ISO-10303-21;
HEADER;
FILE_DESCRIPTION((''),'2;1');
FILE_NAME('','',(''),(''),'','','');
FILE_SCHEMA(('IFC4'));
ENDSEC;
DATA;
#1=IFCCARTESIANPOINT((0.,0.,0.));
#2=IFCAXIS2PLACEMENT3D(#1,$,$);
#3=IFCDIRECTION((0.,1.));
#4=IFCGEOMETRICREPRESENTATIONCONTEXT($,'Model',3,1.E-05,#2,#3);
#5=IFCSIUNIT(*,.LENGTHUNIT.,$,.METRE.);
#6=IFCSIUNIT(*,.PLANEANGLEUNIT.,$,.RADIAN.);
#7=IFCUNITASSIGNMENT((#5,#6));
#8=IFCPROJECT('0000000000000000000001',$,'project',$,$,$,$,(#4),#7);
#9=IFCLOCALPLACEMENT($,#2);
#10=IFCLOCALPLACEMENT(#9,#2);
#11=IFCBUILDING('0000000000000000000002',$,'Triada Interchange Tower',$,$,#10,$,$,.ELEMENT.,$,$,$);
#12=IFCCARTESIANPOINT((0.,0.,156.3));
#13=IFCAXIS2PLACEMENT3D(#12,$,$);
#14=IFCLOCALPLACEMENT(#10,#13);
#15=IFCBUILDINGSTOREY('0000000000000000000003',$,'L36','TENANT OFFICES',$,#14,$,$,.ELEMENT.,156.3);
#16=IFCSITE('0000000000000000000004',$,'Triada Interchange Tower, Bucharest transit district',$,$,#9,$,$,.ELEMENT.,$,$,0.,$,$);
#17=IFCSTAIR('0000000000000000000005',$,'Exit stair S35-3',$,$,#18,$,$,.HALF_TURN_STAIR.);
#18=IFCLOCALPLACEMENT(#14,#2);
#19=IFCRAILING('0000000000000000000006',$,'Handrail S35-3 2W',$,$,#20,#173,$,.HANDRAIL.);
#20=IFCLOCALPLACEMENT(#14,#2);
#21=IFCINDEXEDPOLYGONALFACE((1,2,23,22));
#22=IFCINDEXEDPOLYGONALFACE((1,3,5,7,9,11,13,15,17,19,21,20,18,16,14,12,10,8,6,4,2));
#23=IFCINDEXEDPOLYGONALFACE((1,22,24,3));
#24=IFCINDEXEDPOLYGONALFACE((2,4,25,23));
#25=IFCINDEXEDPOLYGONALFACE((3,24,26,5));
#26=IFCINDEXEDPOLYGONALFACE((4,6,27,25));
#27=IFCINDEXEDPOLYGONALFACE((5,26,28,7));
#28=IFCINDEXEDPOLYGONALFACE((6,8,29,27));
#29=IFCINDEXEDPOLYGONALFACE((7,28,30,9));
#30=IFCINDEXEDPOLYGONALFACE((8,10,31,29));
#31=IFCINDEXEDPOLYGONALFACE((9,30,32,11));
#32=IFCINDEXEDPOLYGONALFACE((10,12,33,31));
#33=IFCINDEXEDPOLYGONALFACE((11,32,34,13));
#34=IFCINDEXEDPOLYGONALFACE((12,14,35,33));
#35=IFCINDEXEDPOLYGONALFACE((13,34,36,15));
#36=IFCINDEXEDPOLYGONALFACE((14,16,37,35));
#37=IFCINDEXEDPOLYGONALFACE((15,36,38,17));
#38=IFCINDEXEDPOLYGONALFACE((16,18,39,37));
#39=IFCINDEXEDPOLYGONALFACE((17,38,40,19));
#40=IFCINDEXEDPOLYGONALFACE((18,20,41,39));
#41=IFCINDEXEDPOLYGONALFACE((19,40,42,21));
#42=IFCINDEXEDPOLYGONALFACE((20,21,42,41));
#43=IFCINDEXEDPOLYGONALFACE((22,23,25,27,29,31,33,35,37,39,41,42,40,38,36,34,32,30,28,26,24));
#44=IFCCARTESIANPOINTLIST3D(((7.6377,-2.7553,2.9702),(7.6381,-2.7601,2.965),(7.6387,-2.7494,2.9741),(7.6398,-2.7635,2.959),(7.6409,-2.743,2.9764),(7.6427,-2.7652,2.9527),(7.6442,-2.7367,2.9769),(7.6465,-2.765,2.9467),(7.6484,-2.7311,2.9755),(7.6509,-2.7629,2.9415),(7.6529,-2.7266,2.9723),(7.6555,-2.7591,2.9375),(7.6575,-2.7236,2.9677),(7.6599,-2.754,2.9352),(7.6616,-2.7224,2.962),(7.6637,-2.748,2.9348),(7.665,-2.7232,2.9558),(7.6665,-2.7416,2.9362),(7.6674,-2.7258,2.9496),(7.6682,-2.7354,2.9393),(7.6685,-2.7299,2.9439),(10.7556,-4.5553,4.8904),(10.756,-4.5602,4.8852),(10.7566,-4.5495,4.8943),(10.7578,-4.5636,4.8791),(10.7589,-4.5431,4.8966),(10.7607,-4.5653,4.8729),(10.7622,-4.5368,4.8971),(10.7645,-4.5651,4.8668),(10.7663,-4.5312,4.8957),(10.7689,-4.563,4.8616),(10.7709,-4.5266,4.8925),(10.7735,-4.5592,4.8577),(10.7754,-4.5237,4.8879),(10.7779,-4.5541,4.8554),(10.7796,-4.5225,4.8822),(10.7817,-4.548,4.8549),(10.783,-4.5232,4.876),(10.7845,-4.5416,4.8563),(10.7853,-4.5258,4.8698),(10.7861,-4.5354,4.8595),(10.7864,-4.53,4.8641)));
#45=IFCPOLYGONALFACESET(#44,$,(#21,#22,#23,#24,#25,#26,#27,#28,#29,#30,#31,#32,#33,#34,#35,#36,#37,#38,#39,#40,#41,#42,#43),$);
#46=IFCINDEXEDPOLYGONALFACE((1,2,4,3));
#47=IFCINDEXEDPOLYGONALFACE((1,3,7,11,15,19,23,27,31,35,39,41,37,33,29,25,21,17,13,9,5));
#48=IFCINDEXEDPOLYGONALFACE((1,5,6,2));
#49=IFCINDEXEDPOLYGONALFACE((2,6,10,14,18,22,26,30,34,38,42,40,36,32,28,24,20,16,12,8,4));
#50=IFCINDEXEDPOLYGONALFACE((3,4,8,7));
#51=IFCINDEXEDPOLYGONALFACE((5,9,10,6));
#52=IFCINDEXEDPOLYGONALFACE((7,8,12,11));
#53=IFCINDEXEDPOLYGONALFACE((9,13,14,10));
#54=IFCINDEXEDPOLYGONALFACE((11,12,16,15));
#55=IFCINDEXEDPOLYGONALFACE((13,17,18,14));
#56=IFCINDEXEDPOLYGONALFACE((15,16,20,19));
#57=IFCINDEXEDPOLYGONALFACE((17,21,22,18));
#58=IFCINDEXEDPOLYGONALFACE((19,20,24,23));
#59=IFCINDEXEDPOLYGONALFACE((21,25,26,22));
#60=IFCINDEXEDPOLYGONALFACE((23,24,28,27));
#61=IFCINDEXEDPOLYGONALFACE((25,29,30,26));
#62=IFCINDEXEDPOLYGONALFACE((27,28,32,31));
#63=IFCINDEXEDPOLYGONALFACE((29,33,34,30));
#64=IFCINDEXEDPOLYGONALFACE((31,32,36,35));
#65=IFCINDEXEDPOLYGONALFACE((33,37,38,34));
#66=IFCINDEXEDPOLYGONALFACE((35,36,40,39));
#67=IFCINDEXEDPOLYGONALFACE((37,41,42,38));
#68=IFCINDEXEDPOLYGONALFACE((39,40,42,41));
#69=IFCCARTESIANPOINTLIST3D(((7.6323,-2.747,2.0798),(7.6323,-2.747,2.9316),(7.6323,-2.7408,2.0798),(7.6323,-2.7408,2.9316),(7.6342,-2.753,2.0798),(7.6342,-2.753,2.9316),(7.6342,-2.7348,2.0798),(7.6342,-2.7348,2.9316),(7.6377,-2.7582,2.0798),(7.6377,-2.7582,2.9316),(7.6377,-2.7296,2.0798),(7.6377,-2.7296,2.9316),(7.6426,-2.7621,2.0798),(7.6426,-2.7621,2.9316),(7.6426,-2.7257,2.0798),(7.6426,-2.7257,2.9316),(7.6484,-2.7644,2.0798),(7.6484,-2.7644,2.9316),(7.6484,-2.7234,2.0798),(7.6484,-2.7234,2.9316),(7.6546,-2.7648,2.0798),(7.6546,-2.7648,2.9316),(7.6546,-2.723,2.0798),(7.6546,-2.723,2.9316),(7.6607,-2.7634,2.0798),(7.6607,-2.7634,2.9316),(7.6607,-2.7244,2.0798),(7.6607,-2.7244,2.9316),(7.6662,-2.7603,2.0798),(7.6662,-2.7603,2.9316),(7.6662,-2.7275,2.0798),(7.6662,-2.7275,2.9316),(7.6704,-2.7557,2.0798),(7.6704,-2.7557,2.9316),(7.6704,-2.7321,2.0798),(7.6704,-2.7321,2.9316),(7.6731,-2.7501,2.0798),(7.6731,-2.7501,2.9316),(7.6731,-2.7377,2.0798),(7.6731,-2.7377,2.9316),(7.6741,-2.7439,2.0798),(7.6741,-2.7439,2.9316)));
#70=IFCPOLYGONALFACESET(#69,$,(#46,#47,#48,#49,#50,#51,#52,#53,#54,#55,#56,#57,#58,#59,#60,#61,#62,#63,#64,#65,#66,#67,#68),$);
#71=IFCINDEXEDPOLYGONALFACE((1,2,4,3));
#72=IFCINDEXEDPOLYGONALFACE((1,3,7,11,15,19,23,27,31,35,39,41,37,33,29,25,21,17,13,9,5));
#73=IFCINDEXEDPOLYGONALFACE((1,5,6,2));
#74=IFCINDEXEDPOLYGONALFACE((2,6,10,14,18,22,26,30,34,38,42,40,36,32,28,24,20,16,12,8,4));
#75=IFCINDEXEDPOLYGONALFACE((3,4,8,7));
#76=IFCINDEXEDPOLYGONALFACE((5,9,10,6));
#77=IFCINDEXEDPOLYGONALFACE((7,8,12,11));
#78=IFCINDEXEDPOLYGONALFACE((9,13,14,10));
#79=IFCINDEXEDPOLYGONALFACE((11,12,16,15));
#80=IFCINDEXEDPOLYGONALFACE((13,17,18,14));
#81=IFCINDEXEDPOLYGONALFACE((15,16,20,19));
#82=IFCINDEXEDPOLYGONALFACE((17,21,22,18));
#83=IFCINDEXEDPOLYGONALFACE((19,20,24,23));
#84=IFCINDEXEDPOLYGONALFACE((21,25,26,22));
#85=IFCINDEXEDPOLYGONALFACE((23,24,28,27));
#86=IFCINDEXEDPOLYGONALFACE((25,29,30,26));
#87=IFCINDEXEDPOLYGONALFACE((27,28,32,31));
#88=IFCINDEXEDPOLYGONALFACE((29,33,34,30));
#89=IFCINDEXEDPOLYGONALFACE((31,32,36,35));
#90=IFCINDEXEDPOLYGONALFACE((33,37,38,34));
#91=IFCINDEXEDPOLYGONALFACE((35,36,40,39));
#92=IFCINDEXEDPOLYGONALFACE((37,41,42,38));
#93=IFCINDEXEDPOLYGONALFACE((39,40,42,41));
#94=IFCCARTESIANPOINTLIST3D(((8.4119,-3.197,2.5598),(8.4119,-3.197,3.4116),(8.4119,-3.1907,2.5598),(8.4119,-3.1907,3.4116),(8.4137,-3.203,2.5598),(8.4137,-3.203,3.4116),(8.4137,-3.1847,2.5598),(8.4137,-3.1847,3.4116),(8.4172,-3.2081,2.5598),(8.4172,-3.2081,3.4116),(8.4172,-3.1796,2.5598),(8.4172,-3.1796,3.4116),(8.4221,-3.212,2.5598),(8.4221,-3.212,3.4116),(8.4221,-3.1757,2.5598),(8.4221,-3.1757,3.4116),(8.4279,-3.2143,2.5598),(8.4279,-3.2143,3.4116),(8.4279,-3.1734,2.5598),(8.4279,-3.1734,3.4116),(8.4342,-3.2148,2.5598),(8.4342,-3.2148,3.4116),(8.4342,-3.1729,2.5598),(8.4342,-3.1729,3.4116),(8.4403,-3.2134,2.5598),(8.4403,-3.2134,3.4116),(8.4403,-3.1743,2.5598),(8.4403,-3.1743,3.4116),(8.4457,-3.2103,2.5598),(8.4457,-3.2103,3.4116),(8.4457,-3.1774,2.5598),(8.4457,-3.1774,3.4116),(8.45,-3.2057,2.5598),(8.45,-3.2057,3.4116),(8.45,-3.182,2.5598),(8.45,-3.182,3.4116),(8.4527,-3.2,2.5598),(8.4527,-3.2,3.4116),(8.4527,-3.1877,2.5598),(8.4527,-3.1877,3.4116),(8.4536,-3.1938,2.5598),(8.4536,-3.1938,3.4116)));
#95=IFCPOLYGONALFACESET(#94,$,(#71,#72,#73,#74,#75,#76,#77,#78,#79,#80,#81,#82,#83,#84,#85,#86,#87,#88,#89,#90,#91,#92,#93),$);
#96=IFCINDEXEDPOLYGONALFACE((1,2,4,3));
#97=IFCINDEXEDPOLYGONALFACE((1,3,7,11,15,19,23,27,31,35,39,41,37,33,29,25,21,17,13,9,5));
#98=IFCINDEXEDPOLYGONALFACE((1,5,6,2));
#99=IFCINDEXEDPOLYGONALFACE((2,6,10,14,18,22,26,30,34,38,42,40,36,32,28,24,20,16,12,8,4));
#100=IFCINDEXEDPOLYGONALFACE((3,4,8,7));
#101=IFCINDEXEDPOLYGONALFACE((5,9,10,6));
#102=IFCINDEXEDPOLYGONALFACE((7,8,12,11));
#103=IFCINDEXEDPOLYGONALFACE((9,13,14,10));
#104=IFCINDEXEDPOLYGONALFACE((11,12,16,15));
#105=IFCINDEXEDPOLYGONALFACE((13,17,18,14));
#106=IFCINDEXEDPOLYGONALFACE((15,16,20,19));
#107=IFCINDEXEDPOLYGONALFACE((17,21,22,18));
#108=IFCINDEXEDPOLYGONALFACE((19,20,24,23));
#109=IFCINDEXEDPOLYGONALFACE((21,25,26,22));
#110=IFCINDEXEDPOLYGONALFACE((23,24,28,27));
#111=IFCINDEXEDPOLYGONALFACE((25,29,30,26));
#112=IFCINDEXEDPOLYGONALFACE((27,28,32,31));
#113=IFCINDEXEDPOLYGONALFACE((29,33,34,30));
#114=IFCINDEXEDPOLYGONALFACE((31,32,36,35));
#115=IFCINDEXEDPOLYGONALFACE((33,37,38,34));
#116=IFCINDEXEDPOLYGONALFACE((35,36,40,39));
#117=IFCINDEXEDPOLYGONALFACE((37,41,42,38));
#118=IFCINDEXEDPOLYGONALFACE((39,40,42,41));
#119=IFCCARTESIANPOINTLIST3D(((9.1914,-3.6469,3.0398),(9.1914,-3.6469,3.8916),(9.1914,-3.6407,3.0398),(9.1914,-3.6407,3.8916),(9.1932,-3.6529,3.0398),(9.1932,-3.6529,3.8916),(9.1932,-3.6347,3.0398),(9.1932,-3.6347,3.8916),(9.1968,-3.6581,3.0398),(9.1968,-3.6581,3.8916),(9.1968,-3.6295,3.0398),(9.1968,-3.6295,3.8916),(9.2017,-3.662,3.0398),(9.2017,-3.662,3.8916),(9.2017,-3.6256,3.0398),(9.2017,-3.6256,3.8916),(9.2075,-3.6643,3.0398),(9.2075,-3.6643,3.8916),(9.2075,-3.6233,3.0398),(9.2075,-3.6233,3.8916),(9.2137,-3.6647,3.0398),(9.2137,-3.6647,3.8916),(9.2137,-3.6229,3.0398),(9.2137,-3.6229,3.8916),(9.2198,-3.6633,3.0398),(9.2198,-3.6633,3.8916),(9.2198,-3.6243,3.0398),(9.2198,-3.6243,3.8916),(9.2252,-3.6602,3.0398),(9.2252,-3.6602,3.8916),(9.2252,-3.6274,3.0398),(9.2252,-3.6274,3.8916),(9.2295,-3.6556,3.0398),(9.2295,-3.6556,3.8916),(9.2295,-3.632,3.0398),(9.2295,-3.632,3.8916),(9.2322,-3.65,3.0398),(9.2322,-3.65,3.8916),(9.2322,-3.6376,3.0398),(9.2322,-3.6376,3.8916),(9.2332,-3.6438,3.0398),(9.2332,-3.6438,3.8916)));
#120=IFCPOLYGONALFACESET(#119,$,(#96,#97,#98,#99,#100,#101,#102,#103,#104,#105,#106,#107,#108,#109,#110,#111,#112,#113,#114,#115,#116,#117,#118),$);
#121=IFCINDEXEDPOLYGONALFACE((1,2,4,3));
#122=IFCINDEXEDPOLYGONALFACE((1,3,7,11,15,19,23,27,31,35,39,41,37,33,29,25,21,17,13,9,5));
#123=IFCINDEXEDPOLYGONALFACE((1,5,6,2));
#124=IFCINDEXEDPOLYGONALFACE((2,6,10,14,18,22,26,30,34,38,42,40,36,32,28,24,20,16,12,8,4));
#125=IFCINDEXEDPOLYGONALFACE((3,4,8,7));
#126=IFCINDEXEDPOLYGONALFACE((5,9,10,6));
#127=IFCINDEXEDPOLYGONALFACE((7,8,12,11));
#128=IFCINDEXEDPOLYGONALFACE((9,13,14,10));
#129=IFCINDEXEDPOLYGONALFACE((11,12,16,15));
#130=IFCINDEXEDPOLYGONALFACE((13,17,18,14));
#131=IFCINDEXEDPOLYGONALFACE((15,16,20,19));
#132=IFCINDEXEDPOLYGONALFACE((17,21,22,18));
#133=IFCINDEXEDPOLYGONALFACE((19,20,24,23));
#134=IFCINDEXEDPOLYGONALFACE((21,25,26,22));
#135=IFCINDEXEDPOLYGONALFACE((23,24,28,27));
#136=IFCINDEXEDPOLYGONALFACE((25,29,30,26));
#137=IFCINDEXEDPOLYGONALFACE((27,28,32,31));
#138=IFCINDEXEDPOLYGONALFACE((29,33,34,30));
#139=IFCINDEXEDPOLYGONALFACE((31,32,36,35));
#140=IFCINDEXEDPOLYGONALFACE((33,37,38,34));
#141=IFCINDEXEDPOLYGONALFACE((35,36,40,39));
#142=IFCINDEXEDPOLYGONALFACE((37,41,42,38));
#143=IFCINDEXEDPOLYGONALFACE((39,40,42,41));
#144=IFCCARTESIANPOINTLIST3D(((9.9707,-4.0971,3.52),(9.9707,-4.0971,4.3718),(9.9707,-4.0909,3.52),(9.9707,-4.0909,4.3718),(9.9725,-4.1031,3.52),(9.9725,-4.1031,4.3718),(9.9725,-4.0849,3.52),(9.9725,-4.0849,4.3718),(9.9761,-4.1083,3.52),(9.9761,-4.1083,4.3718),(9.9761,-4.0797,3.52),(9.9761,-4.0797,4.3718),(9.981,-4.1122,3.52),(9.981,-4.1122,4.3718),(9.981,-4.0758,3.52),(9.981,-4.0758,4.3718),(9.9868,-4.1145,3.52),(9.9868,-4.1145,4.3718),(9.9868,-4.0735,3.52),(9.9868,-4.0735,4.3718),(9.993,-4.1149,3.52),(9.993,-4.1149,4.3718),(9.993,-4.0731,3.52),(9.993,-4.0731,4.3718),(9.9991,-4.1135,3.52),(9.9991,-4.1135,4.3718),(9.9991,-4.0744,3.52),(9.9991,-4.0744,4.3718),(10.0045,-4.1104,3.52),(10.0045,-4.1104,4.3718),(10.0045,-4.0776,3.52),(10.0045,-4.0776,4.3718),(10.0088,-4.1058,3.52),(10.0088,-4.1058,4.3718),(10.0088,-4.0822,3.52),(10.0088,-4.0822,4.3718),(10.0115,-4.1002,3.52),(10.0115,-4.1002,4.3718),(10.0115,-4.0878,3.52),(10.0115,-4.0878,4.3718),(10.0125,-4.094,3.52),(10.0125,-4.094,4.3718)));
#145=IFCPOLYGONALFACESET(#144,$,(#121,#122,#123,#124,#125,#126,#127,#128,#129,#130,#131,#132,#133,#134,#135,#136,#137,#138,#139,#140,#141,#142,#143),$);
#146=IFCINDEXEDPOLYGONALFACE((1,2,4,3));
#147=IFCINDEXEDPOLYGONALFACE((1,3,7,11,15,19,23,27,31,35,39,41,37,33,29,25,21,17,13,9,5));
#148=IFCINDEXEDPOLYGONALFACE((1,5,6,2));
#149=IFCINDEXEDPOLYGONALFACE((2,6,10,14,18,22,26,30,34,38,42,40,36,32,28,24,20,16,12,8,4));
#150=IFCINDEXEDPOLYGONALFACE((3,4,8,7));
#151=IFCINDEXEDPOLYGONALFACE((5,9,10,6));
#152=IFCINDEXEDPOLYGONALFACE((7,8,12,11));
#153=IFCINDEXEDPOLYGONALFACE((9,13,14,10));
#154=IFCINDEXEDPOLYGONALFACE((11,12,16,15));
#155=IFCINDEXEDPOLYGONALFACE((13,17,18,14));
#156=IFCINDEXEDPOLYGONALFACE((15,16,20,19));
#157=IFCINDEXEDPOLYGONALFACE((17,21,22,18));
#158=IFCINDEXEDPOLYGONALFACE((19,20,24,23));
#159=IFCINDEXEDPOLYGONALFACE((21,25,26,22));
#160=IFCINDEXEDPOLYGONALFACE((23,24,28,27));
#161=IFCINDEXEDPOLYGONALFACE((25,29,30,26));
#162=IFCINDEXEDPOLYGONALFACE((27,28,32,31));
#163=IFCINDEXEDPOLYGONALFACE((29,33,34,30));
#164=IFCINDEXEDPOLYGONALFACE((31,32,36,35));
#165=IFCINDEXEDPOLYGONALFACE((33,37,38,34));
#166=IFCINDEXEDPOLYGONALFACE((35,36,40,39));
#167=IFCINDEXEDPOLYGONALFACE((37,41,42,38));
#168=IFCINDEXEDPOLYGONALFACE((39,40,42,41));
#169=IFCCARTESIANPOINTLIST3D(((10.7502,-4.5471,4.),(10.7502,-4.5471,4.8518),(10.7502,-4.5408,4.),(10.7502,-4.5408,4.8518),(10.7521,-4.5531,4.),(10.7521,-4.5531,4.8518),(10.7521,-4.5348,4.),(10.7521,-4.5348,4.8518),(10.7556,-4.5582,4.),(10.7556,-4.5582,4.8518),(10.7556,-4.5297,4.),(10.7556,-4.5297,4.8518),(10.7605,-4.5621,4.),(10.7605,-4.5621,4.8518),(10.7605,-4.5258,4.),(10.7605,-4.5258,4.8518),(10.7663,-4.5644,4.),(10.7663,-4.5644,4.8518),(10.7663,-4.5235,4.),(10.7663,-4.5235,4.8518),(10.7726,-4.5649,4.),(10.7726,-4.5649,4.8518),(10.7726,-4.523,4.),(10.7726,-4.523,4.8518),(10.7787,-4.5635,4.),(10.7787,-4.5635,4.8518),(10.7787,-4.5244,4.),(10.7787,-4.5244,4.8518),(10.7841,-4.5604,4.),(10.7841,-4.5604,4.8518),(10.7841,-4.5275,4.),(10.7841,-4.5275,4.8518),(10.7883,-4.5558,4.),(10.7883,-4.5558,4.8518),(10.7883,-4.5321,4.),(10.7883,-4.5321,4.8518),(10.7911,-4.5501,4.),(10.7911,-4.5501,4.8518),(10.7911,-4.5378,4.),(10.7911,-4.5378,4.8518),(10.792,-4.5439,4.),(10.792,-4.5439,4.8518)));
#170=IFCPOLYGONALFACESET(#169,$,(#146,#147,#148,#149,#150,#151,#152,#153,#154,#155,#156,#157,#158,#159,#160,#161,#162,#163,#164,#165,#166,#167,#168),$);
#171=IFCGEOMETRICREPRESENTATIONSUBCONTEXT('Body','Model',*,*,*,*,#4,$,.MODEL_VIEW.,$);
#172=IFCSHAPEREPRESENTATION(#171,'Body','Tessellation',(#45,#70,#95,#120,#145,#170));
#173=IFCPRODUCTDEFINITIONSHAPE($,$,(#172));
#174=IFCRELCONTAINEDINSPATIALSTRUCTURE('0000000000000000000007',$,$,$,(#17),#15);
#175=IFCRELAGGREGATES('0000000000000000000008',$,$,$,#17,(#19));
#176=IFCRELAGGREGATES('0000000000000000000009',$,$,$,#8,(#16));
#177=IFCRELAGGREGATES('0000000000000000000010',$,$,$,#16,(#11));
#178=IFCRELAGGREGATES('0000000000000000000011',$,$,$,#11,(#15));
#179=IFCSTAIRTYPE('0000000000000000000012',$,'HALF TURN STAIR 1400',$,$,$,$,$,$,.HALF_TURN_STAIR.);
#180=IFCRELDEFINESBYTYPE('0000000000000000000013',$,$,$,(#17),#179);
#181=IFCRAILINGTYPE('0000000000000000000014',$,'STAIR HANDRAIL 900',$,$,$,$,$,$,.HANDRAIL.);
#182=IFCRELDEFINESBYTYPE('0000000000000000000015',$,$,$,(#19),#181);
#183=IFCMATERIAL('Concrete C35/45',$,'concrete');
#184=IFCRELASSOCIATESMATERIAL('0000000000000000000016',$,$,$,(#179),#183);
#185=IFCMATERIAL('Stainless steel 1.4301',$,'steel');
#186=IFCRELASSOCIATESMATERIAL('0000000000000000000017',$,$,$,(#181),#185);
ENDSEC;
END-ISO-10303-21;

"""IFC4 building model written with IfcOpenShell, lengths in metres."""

from ifc_helpers import new_model, si_unit, direction, frame, origin, origin_2d, place, context, subcontext, project, spatial, circle, extrude, material, type_object, element, aggregate, save


model = new_model("IFC4")

# Units and contexts
model_context = context("Model", 3, precision=1e-05, world=origin(), true_north=direction((0.0, 1.0)))
body_context = subcontext(model_context, "Body", "Model", "MODEL_VIEW")
ifc_project = project(units=[si_unit("LENGTHUNIT", "METRE"), si_unit("PLANEANGLEUNIT", "RADIAN")], contexts=[model_context])

# Site, building, storey
site_placement = place(None, origin())
site = spatial("IfcSite", under=ifc_project, at=site_placement, Name="Triada Interchange Tower, Bucharest transit district", CompositionType="ELEMENT", RefElevation=0.0)
building_placement = place(site_placement, origin())
building = spatial("IfcBuilding", under=site, at=building_placement, Name="Triada Interchange Tower", CompositionType="ELEMENT")
storey_placement = place(building_placement, frame((0.0, 0.0, 156.3)))
storey = spatial("IfcBuildingStorey", under=building, at=storey_placement, Name="L36", Description="TENANT OFFICES", CompositionType="ELEMENT", Elevation=156.3)

# Stair
ifc_material_1 = material(Name="Concrete C35/45", Category="concrete")
stair_type = type_object("IfcStairType", Name="HALF TURN STAIR 1400", PredefinedType="HALF_TURN_STAIR", material=ifc_material_1)
stair_1_placement = place(storey_placement, origin())
stair_1 = element("IfcStair", 1, at=stair_1_placement, inside=storey, type_object=stair_type, Name="Exit stair S35-3", PredefinedType="HALF_TURN_STAIR")

# Railing
ifc_material_2 = material(Name="Stainless steel 1.4301", Category="steel")
railing_type = type_object("IfcRailingType", Name="STAIR HANDRAIL 900", PredefinedType="HANDRAIL", material=ifc_material_2)
railing_placement = place(storey_placement, frame((7.6531, -2.7439, 2.0798)))
railing = element("IfcRailing", 2, at=railing_placement, type_object=railing_type, Name="Handrail S35-3 2W", PredefinedType="HANDRAIL", context=body_context, shape_type="SweptSolid", body=[
    extrude(circle(Radius=0.0239, at=origin_2d()), frame((0.0, 0.0, 0.876), z_axis=(0.764145, -0.441159, 0.470597), x_axis=(0.499983, 0.866035, 0.0)), (0.0, 0.0, 1.0), 4.0803),
    extrude(circle(Radius=0.021, at=origin_2d()), origin(), (0.0, 0.0, 1.0), 0.8518),
    extrude(circle(Radius=0.021, at=origin_2d()), frame((0.7795, -0.45, 0.48)), (0.0, 0.0, 1.0), 0.8518),
    extrude(circle(Radius=0.021, at=origin_2d()), frame((1.5591, -0.8999, 0.96)), (0.0, 0.0, 1.0), 0.8518),
    extrude(circle(Radius=0.021, at=origin_2d()), frame((2.3384, -1.3501, 1.4402)), (0.0, 0.0, 1.0), 0.8518),
    extrude(circle(Radius=0.021, at=origin_2d()), frame((3.1179, -1.8, 1.9202)), (0.0, 0.0, 1.0), 0.8518),
])
aggregate(stair_1, [railing])

save(model, "model.ifc")
